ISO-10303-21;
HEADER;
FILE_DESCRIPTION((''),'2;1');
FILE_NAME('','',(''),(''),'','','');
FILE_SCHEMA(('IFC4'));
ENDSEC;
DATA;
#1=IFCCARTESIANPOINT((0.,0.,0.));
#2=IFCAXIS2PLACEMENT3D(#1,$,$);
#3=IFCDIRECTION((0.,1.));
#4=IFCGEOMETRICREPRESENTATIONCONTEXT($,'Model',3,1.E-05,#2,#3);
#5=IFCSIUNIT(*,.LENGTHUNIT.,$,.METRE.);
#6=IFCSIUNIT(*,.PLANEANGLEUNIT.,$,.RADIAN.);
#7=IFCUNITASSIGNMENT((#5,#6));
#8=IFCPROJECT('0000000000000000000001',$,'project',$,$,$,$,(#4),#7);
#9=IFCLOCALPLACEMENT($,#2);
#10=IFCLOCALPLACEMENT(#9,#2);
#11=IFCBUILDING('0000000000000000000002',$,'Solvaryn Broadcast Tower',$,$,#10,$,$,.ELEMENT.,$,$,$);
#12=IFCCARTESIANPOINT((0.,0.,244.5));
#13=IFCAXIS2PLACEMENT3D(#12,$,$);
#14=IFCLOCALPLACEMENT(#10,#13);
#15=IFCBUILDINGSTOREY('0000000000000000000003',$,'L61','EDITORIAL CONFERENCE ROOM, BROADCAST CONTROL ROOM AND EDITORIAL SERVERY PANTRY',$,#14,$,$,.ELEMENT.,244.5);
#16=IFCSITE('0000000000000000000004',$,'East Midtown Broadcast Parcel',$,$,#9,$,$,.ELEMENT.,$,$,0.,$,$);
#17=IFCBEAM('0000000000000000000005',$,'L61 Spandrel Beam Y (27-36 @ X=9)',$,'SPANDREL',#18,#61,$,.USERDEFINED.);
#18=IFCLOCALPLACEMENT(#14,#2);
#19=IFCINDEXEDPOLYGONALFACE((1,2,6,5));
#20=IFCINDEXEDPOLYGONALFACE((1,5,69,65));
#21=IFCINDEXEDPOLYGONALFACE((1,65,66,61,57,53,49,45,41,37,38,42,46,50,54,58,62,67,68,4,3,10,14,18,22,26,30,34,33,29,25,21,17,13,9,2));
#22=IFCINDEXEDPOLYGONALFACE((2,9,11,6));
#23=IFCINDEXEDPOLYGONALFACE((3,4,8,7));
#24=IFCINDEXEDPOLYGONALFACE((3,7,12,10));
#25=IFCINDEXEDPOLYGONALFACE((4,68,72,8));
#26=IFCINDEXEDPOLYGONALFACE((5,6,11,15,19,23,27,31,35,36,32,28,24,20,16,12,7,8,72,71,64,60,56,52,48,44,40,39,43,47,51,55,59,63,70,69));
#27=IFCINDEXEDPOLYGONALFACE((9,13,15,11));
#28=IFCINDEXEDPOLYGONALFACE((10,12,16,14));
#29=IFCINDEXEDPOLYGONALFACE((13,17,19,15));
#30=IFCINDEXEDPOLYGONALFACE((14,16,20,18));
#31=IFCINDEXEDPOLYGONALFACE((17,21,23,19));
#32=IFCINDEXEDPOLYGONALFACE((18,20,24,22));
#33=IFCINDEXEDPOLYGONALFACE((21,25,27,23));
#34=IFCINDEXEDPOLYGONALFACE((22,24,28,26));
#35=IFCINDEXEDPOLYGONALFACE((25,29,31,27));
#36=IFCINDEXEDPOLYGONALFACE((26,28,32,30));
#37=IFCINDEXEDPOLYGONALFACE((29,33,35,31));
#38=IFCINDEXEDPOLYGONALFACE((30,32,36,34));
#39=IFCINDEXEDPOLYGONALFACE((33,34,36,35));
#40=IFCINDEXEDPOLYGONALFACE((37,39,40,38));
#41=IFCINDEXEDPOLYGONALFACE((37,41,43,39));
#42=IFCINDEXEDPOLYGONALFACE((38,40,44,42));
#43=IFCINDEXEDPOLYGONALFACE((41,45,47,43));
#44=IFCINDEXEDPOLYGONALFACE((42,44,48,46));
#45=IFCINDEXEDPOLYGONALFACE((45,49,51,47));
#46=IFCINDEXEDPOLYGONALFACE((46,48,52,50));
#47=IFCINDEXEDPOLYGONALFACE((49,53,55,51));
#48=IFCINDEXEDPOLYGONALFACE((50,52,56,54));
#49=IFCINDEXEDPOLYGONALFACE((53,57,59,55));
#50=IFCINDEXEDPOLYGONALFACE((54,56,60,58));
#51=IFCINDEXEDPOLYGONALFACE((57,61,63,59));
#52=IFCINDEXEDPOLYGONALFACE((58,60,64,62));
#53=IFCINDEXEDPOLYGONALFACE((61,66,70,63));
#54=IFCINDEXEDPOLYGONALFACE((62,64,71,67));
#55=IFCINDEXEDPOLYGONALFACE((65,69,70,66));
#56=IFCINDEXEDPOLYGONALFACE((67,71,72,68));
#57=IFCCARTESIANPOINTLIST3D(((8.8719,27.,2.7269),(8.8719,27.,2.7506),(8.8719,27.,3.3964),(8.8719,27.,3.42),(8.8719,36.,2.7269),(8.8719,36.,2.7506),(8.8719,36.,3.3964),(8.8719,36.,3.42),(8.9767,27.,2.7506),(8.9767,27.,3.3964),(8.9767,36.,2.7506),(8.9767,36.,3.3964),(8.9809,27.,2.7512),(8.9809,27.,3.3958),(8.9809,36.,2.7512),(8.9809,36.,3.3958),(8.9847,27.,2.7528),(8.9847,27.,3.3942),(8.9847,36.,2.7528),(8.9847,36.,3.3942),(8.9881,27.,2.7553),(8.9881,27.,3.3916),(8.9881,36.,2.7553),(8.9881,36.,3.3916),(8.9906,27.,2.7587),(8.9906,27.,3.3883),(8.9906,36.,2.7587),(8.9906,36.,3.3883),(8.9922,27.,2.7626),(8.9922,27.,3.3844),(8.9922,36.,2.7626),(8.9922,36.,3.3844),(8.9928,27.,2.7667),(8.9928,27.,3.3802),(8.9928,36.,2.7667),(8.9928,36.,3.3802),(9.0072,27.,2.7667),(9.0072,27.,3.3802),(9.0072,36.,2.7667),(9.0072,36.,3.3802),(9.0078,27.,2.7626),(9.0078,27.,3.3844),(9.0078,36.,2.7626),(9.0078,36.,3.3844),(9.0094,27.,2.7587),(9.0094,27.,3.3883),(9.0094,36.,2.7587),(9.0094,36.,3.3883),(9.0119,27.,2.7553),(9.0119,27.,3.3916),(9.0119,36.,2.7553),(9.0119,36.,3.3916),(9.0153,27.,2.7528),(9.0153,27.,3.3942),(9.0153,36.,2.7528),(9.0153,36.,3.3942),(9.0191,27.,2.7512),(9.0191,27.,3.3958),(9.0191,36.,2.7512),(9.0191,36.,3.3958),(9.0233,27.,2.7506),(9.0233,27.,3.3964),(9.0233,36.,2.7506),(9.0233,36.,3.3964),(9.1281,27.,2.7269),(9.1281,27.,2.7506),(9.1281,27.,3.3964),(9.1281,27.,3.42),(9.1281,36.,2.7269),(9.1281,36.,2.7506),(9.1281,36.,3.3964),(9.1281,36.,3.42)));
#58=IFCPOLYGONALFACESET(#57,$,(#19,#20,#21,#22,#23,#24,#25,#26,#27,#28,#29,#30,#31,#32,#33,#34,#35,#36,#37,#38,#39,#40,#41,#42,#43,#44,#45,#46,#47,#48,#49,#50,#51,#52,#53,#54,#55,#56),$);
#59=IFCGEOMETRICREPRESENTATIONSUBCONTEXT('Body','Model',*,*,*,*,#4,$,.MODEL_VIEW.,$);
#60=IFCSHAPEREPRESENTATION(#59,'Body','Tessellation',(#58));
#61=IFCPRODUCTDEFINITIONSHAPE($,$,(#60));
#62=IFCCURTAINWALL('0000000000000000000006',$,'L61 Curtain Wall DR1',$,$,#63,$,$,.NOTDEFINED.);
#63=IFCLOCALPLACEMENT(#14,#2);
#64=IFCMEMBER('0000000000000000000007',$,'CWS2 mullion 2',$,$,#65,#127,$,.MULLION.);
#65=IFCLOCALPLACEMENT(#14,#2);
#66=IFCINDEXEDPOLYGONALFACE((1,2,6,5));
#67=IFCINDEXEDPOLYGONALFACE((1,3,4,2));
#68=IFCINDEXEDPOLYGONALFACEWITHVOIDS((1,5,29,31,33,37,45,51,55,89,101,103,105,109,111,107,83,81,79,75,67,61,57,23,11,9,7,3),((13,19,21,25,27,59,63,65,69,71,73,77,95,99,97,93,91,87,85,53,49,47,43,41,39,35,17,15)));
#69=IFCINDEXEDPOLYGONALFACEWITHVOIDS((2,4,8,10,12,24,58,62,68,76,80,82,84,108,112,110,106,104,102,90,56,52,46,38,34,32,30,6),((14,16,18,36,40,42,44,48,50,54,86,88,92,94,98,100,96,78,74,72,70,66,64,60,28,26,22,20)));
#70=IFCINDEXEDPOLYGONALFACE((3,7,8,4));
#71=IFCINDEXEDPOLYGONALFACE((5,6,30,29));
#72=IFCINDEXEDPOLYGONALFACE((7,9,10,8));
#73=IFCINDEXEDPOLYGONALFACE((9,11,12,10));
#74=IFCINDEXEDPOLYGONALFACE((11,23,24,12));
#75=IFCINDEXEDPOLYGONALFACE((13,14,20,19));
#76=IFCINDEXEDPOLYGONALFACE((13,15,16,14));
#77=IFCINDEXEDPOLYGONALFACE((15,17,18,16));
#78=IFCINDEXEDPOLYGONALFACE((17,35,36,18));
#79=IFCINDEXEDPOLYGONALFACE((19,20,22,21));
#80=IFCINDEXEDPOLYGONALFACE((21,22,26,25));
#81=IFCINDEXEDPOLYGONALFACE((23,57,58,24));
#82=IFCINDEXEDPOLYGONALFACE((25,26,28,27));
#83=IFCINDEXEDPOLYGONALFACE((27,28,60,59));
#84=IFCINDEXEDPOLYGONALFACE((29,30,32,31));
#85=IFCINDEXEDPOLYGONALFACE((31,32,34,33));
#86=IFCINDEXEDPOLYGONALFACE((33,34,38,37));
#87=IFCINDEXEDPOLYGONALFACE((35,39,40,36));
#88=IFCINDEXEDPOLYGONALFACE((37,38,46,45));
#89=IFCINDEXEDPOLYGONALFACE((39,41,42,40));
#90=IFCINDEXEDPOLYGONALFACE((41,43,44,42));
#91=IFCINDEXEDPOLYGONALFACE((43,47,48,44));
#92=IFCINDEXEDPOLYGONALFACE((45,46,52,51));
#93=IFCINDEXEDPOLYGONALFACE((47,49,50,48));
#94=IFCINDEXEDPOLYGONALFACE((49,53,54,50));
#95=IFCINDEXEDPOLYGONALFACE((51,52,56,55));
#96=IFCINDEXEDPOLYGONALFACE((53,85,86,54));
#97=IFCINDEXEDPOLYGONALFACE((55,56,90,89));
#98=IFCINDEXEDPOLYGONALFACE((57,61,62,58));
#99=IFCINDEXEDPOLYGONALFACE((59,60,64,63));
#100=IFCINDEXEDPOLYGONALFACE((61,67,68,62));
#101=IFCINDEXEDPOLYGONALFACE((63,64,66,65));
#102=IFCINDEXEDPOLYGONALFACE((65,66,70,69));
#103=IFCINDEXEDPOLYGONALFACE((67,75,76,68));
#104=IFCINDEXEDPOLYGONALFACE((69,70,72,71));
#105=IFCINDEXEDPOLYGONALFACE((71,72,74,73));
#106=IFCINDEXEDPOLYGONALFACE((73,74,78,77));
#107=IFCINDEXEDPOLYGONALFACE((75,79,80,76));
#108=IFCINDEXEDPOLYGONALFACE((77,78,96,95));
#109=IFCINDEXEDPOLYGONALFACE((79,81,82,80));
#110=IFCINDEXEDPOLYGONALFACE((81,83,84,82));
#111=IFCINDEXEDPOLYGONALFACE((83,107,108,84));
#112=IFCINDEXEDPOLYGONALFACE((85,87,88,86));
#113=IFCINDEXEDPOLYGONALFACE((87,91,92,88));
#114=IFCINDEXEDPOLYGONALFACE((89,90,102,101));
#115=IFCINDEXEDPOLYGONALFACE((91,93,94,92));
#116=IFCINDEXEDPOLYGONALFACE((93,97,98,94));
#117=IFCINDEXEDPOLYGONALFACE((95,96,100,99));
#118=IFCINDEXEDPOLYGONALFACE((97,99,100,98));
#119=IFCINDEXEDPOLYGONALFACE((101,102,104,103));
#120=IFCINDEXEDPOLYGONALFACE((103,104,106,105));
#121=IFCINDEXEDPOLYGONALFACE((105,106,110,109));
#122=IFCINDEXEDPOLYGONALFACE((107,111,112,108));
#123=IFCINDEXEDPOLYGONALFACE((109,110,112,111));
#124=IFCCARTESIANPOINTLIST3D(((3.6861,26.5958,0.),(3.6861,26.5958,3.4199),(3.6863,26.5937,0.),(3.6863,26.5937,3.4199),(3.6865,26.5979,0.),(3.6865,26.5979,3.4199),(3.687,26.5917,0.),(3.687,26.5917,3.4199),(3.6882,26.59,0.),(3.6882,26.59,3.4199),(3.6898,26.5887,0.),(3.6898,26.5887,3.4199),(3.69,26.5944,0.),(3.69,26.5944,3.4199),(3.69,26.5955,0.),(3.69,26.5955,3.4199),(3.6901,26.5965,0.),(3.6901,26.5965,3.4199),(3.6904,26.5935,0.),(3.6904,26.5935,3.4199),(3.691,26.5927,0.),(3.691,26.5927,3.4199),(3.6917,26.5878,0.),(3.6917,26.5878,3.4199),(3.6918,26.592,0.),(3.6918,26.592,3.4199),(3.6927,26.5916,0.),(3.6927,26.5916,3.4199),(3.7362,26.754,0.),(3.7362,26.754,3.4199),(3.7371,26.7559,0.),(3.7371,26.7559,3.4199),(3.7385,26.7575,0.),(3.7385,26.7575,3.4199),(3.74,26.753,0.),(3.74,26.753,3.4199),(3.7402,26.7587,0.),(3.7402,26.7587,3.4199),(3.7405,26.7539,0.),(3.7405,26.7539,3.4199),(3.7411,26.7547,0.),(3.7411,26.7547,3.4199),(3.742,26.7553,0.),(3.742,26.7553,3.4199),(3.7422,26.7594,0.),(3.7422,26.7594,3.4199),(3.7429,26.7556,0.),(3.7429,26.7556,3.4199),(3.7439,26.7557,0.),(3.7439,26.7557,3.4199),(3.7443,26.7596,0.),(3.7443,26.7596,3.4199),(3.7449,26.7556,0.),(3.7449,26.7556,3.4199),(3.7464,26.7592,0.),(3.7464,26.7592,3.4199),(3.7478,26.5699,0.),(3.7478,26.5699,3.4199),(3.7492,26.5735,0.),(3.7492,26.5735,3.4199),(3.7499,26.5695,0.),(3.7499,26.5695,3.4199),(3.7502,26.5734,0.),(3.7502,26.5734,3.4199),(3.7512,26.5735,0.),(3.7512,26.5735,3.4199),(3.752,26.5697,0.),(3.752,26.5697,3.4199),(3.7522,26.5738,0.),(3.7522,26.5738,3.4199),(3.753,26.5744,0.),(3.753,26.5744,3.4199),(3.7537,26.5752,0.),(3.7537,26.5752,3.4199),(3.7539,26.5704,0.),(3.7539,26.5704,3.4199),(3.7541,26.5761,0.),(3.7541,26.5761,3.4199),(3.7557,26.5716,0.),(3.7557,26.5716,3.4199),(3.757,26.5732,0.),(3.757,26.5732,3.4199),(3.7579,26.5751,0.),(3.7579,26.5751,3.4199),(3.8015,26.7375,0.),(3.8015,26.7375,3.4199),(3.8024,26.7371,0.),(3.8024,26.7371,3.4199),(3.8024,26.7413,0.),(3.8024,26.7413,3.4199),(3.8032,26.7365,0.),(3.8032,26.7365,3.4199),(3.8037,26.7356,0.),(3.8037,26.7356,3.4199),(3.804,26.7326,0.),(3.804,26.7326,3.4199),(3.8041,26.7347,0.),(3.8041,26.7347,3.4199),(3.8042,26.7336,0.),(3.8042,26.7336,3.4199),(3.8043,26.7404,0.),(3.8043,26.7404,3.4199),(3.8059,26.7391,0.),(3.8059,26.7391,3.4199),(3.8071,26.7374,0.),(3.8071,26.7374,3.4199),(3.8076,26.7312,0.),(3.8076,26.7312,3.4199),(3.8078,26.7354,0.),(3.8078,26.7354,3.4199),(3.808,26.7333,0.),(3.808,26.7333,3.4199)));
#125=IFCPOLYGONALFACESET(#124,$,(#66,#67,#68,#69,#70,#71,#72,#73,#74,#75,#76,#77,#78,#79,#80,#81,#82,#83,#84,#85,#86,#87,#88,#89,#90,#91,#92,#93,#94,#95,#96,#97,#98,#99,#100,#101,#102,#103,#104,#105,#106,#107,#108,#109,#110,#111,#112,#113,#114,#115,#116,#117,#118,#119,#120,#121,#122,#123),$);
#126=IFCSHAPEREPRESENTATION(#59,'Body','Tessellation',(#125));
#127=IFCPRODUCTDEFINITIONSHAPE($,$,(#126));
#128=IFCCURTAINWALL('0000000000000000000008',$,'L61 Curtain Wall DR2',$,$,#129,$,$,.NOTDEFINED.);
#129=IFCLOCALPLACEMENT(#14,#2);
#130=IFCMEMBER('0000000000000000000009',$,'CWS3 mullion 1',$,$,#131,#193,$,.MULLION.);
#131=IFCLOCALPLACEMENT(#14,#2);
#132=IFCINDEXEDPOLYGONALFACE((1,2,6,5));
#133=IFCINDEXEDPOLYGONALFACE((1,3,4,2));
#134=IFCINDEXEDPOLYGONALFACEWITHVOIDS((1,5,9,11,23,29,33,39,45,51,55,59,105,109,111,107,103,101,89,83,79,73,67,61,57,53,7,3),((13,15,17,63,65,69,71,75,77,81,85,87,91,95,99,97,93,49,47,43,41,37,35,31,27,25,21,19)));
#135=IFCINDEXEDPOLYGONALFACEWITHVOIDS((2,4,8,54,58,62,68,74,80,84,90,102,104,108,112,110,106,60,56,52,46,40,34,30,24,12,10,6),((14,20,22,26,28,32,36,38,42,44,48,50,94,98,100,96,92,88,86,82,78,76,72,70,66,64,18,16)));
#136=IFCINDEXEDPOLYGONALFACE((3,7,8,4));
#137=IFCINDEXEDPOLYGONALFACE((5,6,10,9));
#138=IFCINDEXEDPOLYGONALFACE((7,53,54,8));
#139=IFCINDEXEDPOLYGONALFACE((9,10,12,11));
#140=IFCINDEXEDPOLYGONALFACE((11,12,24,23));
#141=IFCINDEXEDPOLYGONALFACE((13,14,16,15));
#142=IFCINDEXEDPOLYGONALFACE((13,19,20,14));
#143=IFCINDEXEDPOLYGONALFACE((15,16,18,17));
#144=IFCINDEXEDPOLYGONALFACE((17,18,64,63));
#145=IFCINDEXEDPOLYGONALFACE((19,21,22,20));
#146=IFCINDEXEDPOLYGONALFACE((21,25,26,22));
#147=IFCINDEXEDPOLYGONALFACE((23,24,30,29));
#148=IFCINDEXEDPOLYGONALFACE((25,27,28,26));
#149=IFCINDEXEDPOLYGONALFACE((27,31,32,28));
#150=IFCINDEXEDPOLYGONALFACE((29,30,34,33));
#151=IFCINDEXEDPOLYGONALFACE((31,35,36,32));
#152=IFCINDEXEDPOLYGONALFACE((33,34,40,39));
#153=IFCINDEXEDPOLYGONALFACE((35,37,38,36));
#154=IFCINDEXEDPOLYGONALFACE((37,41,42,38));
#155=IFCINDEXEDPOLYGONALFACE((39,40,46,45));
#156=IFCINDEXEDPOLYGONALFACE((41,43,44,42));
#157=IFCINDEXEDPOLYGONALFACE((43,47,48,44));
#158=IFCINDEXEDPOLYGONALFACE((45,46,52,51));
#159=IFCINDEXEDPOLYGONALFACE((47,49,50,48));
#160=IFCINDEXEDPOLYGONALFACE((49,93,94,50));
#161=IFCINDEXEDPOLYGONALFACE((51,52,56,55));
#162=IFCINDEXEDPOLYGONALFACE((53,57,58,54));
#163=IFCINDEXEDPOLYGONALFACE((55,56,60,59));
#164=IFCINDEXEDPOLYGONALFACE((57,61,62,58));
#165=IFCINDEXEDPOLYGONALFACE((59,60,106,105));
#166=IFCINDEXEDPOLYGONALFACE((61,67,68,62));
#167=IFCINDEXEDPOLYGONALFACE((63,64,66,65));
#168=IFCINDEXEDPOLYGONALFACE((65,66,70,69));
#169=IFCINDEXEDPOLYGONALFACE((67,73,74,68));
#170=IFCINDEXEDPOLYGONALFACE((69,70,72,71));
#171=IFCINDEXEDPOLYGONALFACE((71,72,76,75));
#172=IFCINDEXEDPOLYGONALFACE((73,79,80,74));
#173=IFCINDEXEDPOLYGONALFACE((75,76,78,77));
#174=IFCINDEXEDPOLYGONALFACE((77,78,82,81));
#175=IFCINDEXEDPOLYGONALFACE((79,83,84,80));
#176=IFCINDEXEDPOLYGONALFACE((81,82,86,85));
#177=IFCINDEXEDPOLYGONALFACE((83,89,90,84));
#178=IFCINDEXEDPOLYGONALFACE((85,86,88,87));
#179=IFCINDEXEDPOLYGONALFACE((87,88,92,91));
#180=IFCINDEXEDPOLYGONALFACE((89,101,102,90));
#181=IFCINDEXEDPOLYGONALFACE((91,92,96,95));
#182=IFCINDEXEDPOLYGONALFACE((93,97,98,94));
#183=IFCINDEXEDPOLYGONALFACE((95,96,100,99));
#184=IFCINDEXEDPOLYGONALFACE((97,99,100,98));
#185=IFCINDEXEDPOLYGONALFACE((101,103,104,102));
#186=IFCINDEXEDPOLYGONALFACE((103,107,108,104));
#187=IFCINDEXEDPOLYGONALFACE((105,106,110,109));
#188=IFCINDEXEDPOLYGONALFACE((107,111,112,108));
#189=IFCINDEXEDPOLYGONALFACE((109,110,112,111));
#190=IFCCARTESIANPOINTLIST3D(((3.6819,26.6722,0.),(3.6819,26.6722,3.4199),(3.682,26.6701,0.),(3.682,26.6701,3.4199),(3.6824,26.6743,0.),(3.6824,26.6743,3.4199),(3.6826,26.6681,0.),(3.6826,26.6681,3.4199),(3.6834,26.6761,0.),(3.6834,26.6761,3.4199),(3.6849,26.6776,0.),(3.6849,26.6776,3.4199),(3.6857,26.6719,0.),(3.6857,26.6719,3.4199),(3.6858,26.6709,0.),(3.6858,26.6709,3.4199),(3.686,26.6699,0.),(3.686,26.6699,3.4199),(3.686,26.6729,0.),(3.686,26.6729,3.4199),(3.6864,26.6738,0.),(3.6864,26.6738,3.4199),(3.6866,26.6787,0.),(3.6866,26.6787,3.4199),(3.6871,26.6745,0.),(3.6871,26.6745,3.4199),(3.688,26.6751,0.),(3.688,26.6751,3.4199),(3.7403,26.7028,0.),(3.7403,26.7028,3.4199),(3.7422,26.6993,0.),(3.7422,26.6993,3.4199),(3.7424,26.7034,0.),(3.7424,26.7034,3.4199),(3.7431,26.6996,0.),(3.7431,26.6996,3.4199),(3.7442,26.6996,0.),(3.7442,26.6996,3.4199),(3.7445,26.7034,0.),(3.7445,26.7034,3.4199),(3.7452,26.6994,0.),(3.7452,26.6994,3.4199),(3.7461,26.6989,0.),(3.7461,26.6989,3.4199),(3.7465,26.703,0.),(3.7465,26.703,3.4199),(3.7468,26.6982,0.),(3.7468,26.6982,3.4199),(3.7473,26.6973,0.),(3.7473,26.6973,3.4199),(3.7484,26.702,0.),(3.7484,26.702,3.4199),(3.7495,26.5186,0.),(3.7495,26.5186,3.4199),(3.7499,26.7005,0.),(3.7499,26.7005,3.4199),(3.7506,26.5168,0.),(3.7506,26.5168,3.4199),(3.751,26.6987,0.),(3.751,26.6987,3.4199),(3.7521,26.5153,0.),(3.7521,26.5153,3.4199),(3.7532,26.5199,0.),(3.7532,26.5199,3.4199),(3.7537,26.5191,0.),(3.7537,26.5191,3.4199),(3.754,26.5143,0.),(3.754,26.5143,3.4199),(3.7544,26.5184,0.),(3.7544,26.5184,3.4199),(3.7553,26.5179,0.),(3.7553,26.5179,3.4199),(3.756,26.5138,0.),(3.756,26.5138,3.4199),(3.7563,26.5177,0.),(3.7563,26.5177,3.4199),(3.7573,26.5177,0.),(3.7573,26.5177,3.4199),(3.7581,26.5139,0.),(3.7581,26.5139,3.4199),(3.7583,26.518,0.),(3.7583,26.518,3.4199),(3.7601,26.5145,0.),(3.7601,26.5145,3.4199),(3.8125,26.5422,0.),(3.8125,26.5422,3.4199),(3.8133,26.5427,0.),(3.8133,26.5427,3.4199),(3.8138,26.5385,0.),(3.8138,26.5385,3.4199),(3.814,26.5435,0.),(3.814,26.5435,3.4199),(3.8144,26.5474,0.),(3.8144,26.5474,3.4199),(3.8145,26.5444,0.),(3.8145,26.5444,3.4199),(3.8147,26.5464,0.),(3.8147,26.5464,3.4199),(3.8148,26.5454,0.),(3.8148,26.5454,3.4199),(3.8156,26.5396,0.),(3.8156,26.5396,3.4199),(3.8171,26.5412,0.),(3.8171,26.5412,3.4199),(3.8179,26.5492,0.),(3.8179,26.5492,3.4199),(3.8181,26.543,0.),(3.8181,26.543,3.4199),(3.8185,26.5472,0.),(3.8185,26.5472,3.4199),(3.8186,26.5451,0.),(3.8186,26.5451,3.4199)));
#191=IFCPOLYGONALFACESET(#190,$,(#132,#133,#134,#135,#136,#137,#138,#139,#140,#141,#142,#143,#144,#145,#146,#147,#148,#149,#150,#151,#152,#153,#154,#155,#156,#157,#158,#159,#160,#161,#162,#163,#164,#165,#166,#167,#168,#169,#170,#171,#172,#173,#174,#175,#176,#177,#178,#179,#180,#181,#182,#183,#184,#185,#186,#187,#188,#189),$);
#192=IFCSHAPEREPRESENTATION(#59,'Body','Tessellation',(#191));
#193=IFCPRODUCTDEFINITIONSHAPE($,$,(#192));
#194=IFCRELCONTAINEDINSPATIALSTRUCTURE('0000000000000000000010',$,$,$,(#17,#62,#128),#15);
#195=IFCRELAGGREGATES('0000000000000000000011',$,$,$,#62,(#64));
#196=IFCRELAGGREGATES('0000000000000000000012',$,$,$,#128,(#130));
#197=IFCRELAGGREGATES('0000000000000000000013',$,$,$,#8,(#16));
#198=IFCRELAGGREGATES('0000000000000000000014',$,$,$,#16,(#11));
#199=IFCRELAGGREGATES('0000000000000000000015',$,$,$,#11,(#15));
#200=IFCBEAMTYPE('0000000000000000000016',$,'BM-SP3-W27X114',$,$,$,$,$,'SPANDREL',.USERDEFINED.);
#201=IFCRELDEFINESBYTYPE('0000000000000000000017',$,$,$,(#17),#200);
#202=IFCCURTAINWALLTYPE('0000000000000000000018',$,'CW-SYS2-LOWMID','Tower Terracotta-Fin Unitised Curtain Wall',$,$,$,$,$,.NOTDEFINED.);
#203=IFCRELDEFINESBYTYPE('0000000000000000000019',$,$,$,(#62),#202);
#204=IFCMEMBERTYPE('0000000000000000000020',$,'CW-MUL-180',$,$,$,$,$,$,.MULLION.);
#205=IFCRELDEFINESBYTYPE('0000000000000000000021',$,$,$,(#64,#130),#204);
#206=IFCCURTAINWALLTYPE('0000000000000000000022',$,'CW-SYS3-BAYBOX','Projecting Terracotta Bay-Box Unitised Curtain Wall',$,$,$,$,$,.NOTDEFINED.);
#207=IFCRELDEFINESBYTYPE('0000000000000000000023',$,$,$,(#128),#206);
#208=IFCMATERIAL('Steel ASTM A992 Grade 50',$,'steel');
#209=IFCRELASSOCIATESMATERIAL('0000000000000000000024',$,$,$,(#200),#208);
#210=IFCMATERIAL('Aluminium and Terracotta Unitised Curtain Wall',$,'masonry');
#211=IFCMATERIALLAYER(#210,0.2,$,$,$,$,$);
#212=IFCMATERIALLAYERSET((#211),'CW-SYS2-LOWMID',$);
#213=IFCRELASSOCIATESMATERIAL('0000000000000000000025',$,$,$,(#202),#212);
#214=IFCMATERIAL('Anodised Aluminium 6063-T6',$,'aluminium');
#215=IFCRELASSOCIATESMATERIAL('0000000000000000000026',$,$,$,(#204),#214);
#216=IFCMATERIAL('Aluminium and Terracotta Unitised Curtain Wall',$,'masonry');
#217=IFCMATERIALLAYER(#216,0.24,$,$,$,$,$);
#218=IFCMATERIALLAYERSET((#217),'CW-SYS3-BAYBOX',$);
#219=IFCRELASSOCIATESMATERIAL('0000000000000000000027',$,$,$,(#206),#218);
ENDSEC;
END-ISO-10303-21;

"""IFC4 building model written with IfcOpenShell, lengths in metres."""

from ifc_helpers import new_model, si_unit, direction, frame, origin, origin_2d, place, context, subcontext, project, spatial, hollow_rectangle, i_section, extrude, material, layer, layer_set, material_profile, profile_set, type_object, element, aggregate, save


model = new_model("IFC4")

# Units and contexts
model_context = context("Model", 3, precision=1e-05, world=origin(), true_north=direction((0.0, 1.0)))
body_context = subcontext(model_context, "Body", "Model", "MODEL_VIEW")
ifc_project = project(units=[si_unit("LENGTHUNIT", "METRE"), si_unit("PLANEANGLEUNIT", "RADIAN")], contexts=[model_context])

# Site, building, storey
site_placement = place(None, origin())
site = spatial("IfcSite", under=ifc_project, at=site_placement, Name="East Midtown Broadcast Parcel", CompositionType="ELEMENT", RefElevation=0.0)
building_placement = place(site_placement, origin())
building = spatial("IfcBuilding", under=site, at=building_placement, Name="Solvaryn Broadcast Tower", CompositionType="ELEMENT")
storey_placement = place(building_placement, frame((0.0, 0.0, 244.5)))
storey = spatial("IfcBuildingStorey", under=building, at=storey_placement, Name="L61", Description="EDITORIAL CONFERENCE ROOM, BROADCAST CONTROL ROOM AND EDITORIAL SERVERY PANTRY", CompositionType="ELEMENT", Elevation=244.5)

# Beam
ifc_material_1 = material(Name="Steel ASTM A992 Grade 50", Category="steel")
ifc_material_profile_1 = material_profile(ifc_material_1, i_section(OverallWidth=0.2561, OverallDepth=0.6931, WebThickness=0.0144, FlangeThickness=0.0237, FilletRadius=0.0161, at=origin_2d()))
ifc_profile_set_1 = profile_set([ifc_material_profile_1], Name="Steel ASTM A992 Grade 50")
beam_type_1 = type_object("IfcBeamType", Name="BM-SP3-W27X114", ElementType="SPANDREL", PredefinedType="USERDEFINED", material=ifc_profile_set_1)
beam_1_placement = place(storey_placement, frame((9.0, 27.0, 3.0735), z_axis=(0.0, 1.0, 0.0), x_axis=(-1.0, 0.0, 0.0)))
element("IfcBeam", 1, at=beam_1_placement, inside=storey, type_object=beam_type_1, Name="L61 Spandrel Beam Y (27-36 @ X=9)", ObjectType="SPANDREL", PredefinedType="USERDEFINED", context=body_context, shape_type="SweptSolid", body=[
    extrude(i_section(OverallWidth=0.2561, OverallDepth=0.6931, WebThickness=0.0144, FlangeThickness=0.0237, FilletRadius=0.0161, at=origin_2d()), origin(), (0.0, 0.0, 1.0), 9.0),
])

# Curtain wall, member
ifc_material_2 = material(Name="Aluminium and Terracotta Unitised Curtain Wall", Category="masonry")
ifc_layer_1 = layer(ifc_material_2, 0.2)
ifc_layer_set_1 = layer_set([ifc_layer_1], Name="CW-SYS2-LOWMID")
curtain_wall_type_1 = type_object("IfcCurtainWallType", Name="CW-SYS2-LOWMID", Description="Tower Terracotta-Fin Unitised Curtain Wall", PredefinedType="NOTDEFINED", material=ifc_layer_set_1)
curtain_wall_1_placement = place(storey_placement, origin())
curtain_wall_1 = element("IfcCurtainWall", 2, at=curtain_wall_1_placement, inside=storey, type_object=curtain_wall_type_1, Name="L61 Curtain Wall DR1", PredefinedType="NOTDEFINED")
ifc_material_3 = material(Name="Anodised Aluminium 6063-T6", Category="aluminium")
ifc_material_profile_2 = material_profile(ifc_material_3, hollow_rectangle(XDim=0.075, YDim=0.1799, WallThickness=0.0039, InnerFilletRadius=0.0039, OuterFilletRadius=0.0081, at=origin_2d()))
ifc_profile_set_2 = profile_set([ifc_material_profile_2], Name="Anodised Aluminium 6063-T6")
member_type_1 = type_object("IfcMemberType", Name="CW-MUL-180", PredefinedType="MULLION", material=ifc_profile_set_2)
member_1_placement = place(storey_placement, frame((3.7471, 26.6646, 0.0), z_axis=(0.0, 0.0, 1.0), x_axis=(0.952795, -0.303616, 0.0)))
member_1 = element("IfcMember", 3, at=member_1_placement, type_object=member_type_1, Name="CWS2 mullion 2", PredefinedType="MULLION", context=body_context, shape_type="SweptSolid", body=[
    extrude(hollow_rectangle(XDim=0.075, YDim=0.1799, WallThickness=0.0039, InnerFilletRadius=0.0039, OuterFilletRadius=0.0081, at=origin_2d()), origin(), (0.0, 0.0, 1.0), 3.4199),
])
aggregate(curtain_wall_1, [member_1])

# Curtain wall, member
ifc_material_4 = material(Name="Aluminium and Terracotta Unitised Curtain Wall", Category="masonry")
ifc_layer_2 = layer(ifc_material_4, 0.24)
ifc_layer_set_2 = layer_set([ifc_layer_2], Name="CW-SYS3-BAYBOX")
curtain_wall_type_2 = type_object("IfcCurtainWallType", Name="CW-SYS3-BAYBOX", Description="Projecting Terracotta Bay-Box Unitised Curtain Wall", PredefinedType="NOTDEFINED", material=ifc_layer_set_2)
curtain_wall_2_placement = place(storey_placement, origin())
curtain_wall_2 = element("IfcCurtainWall", 4, at=curtain_wall_2_placement, inside=storey, type_object=curtain_wall_type_2, Name="L61 Curtain Wall DR2", PredefinedType="NOTDEFINED")
member_2_placement = place(storey_placement, frame((3.7502, 26.6086, 0.0), z_axis=(0.0, 0.0, 1.0), x_axis=(0.912774, 0.408466, 0.0)))
member_2 = element("IfcMember", 5, at=member_2_placement, type_object=member_type_1, Name="CWS3 mullion 1", PredefinedType="MULLION", context=body_context, shape_type="SweptSolid", body=[
    extrude(hollow_rectangle(XDim=0.075, YDim=0.1799, WallThickness=0.0039, InnerFilletRadius=0.0039, OuterFilletRadius=0.0081, at=origin_2d()), origin(), (0.0, 0.0, 1.0), 3.4199),
])
aggregate(curtain_wall_2, [member_2])

save(model, "model.ifc")
